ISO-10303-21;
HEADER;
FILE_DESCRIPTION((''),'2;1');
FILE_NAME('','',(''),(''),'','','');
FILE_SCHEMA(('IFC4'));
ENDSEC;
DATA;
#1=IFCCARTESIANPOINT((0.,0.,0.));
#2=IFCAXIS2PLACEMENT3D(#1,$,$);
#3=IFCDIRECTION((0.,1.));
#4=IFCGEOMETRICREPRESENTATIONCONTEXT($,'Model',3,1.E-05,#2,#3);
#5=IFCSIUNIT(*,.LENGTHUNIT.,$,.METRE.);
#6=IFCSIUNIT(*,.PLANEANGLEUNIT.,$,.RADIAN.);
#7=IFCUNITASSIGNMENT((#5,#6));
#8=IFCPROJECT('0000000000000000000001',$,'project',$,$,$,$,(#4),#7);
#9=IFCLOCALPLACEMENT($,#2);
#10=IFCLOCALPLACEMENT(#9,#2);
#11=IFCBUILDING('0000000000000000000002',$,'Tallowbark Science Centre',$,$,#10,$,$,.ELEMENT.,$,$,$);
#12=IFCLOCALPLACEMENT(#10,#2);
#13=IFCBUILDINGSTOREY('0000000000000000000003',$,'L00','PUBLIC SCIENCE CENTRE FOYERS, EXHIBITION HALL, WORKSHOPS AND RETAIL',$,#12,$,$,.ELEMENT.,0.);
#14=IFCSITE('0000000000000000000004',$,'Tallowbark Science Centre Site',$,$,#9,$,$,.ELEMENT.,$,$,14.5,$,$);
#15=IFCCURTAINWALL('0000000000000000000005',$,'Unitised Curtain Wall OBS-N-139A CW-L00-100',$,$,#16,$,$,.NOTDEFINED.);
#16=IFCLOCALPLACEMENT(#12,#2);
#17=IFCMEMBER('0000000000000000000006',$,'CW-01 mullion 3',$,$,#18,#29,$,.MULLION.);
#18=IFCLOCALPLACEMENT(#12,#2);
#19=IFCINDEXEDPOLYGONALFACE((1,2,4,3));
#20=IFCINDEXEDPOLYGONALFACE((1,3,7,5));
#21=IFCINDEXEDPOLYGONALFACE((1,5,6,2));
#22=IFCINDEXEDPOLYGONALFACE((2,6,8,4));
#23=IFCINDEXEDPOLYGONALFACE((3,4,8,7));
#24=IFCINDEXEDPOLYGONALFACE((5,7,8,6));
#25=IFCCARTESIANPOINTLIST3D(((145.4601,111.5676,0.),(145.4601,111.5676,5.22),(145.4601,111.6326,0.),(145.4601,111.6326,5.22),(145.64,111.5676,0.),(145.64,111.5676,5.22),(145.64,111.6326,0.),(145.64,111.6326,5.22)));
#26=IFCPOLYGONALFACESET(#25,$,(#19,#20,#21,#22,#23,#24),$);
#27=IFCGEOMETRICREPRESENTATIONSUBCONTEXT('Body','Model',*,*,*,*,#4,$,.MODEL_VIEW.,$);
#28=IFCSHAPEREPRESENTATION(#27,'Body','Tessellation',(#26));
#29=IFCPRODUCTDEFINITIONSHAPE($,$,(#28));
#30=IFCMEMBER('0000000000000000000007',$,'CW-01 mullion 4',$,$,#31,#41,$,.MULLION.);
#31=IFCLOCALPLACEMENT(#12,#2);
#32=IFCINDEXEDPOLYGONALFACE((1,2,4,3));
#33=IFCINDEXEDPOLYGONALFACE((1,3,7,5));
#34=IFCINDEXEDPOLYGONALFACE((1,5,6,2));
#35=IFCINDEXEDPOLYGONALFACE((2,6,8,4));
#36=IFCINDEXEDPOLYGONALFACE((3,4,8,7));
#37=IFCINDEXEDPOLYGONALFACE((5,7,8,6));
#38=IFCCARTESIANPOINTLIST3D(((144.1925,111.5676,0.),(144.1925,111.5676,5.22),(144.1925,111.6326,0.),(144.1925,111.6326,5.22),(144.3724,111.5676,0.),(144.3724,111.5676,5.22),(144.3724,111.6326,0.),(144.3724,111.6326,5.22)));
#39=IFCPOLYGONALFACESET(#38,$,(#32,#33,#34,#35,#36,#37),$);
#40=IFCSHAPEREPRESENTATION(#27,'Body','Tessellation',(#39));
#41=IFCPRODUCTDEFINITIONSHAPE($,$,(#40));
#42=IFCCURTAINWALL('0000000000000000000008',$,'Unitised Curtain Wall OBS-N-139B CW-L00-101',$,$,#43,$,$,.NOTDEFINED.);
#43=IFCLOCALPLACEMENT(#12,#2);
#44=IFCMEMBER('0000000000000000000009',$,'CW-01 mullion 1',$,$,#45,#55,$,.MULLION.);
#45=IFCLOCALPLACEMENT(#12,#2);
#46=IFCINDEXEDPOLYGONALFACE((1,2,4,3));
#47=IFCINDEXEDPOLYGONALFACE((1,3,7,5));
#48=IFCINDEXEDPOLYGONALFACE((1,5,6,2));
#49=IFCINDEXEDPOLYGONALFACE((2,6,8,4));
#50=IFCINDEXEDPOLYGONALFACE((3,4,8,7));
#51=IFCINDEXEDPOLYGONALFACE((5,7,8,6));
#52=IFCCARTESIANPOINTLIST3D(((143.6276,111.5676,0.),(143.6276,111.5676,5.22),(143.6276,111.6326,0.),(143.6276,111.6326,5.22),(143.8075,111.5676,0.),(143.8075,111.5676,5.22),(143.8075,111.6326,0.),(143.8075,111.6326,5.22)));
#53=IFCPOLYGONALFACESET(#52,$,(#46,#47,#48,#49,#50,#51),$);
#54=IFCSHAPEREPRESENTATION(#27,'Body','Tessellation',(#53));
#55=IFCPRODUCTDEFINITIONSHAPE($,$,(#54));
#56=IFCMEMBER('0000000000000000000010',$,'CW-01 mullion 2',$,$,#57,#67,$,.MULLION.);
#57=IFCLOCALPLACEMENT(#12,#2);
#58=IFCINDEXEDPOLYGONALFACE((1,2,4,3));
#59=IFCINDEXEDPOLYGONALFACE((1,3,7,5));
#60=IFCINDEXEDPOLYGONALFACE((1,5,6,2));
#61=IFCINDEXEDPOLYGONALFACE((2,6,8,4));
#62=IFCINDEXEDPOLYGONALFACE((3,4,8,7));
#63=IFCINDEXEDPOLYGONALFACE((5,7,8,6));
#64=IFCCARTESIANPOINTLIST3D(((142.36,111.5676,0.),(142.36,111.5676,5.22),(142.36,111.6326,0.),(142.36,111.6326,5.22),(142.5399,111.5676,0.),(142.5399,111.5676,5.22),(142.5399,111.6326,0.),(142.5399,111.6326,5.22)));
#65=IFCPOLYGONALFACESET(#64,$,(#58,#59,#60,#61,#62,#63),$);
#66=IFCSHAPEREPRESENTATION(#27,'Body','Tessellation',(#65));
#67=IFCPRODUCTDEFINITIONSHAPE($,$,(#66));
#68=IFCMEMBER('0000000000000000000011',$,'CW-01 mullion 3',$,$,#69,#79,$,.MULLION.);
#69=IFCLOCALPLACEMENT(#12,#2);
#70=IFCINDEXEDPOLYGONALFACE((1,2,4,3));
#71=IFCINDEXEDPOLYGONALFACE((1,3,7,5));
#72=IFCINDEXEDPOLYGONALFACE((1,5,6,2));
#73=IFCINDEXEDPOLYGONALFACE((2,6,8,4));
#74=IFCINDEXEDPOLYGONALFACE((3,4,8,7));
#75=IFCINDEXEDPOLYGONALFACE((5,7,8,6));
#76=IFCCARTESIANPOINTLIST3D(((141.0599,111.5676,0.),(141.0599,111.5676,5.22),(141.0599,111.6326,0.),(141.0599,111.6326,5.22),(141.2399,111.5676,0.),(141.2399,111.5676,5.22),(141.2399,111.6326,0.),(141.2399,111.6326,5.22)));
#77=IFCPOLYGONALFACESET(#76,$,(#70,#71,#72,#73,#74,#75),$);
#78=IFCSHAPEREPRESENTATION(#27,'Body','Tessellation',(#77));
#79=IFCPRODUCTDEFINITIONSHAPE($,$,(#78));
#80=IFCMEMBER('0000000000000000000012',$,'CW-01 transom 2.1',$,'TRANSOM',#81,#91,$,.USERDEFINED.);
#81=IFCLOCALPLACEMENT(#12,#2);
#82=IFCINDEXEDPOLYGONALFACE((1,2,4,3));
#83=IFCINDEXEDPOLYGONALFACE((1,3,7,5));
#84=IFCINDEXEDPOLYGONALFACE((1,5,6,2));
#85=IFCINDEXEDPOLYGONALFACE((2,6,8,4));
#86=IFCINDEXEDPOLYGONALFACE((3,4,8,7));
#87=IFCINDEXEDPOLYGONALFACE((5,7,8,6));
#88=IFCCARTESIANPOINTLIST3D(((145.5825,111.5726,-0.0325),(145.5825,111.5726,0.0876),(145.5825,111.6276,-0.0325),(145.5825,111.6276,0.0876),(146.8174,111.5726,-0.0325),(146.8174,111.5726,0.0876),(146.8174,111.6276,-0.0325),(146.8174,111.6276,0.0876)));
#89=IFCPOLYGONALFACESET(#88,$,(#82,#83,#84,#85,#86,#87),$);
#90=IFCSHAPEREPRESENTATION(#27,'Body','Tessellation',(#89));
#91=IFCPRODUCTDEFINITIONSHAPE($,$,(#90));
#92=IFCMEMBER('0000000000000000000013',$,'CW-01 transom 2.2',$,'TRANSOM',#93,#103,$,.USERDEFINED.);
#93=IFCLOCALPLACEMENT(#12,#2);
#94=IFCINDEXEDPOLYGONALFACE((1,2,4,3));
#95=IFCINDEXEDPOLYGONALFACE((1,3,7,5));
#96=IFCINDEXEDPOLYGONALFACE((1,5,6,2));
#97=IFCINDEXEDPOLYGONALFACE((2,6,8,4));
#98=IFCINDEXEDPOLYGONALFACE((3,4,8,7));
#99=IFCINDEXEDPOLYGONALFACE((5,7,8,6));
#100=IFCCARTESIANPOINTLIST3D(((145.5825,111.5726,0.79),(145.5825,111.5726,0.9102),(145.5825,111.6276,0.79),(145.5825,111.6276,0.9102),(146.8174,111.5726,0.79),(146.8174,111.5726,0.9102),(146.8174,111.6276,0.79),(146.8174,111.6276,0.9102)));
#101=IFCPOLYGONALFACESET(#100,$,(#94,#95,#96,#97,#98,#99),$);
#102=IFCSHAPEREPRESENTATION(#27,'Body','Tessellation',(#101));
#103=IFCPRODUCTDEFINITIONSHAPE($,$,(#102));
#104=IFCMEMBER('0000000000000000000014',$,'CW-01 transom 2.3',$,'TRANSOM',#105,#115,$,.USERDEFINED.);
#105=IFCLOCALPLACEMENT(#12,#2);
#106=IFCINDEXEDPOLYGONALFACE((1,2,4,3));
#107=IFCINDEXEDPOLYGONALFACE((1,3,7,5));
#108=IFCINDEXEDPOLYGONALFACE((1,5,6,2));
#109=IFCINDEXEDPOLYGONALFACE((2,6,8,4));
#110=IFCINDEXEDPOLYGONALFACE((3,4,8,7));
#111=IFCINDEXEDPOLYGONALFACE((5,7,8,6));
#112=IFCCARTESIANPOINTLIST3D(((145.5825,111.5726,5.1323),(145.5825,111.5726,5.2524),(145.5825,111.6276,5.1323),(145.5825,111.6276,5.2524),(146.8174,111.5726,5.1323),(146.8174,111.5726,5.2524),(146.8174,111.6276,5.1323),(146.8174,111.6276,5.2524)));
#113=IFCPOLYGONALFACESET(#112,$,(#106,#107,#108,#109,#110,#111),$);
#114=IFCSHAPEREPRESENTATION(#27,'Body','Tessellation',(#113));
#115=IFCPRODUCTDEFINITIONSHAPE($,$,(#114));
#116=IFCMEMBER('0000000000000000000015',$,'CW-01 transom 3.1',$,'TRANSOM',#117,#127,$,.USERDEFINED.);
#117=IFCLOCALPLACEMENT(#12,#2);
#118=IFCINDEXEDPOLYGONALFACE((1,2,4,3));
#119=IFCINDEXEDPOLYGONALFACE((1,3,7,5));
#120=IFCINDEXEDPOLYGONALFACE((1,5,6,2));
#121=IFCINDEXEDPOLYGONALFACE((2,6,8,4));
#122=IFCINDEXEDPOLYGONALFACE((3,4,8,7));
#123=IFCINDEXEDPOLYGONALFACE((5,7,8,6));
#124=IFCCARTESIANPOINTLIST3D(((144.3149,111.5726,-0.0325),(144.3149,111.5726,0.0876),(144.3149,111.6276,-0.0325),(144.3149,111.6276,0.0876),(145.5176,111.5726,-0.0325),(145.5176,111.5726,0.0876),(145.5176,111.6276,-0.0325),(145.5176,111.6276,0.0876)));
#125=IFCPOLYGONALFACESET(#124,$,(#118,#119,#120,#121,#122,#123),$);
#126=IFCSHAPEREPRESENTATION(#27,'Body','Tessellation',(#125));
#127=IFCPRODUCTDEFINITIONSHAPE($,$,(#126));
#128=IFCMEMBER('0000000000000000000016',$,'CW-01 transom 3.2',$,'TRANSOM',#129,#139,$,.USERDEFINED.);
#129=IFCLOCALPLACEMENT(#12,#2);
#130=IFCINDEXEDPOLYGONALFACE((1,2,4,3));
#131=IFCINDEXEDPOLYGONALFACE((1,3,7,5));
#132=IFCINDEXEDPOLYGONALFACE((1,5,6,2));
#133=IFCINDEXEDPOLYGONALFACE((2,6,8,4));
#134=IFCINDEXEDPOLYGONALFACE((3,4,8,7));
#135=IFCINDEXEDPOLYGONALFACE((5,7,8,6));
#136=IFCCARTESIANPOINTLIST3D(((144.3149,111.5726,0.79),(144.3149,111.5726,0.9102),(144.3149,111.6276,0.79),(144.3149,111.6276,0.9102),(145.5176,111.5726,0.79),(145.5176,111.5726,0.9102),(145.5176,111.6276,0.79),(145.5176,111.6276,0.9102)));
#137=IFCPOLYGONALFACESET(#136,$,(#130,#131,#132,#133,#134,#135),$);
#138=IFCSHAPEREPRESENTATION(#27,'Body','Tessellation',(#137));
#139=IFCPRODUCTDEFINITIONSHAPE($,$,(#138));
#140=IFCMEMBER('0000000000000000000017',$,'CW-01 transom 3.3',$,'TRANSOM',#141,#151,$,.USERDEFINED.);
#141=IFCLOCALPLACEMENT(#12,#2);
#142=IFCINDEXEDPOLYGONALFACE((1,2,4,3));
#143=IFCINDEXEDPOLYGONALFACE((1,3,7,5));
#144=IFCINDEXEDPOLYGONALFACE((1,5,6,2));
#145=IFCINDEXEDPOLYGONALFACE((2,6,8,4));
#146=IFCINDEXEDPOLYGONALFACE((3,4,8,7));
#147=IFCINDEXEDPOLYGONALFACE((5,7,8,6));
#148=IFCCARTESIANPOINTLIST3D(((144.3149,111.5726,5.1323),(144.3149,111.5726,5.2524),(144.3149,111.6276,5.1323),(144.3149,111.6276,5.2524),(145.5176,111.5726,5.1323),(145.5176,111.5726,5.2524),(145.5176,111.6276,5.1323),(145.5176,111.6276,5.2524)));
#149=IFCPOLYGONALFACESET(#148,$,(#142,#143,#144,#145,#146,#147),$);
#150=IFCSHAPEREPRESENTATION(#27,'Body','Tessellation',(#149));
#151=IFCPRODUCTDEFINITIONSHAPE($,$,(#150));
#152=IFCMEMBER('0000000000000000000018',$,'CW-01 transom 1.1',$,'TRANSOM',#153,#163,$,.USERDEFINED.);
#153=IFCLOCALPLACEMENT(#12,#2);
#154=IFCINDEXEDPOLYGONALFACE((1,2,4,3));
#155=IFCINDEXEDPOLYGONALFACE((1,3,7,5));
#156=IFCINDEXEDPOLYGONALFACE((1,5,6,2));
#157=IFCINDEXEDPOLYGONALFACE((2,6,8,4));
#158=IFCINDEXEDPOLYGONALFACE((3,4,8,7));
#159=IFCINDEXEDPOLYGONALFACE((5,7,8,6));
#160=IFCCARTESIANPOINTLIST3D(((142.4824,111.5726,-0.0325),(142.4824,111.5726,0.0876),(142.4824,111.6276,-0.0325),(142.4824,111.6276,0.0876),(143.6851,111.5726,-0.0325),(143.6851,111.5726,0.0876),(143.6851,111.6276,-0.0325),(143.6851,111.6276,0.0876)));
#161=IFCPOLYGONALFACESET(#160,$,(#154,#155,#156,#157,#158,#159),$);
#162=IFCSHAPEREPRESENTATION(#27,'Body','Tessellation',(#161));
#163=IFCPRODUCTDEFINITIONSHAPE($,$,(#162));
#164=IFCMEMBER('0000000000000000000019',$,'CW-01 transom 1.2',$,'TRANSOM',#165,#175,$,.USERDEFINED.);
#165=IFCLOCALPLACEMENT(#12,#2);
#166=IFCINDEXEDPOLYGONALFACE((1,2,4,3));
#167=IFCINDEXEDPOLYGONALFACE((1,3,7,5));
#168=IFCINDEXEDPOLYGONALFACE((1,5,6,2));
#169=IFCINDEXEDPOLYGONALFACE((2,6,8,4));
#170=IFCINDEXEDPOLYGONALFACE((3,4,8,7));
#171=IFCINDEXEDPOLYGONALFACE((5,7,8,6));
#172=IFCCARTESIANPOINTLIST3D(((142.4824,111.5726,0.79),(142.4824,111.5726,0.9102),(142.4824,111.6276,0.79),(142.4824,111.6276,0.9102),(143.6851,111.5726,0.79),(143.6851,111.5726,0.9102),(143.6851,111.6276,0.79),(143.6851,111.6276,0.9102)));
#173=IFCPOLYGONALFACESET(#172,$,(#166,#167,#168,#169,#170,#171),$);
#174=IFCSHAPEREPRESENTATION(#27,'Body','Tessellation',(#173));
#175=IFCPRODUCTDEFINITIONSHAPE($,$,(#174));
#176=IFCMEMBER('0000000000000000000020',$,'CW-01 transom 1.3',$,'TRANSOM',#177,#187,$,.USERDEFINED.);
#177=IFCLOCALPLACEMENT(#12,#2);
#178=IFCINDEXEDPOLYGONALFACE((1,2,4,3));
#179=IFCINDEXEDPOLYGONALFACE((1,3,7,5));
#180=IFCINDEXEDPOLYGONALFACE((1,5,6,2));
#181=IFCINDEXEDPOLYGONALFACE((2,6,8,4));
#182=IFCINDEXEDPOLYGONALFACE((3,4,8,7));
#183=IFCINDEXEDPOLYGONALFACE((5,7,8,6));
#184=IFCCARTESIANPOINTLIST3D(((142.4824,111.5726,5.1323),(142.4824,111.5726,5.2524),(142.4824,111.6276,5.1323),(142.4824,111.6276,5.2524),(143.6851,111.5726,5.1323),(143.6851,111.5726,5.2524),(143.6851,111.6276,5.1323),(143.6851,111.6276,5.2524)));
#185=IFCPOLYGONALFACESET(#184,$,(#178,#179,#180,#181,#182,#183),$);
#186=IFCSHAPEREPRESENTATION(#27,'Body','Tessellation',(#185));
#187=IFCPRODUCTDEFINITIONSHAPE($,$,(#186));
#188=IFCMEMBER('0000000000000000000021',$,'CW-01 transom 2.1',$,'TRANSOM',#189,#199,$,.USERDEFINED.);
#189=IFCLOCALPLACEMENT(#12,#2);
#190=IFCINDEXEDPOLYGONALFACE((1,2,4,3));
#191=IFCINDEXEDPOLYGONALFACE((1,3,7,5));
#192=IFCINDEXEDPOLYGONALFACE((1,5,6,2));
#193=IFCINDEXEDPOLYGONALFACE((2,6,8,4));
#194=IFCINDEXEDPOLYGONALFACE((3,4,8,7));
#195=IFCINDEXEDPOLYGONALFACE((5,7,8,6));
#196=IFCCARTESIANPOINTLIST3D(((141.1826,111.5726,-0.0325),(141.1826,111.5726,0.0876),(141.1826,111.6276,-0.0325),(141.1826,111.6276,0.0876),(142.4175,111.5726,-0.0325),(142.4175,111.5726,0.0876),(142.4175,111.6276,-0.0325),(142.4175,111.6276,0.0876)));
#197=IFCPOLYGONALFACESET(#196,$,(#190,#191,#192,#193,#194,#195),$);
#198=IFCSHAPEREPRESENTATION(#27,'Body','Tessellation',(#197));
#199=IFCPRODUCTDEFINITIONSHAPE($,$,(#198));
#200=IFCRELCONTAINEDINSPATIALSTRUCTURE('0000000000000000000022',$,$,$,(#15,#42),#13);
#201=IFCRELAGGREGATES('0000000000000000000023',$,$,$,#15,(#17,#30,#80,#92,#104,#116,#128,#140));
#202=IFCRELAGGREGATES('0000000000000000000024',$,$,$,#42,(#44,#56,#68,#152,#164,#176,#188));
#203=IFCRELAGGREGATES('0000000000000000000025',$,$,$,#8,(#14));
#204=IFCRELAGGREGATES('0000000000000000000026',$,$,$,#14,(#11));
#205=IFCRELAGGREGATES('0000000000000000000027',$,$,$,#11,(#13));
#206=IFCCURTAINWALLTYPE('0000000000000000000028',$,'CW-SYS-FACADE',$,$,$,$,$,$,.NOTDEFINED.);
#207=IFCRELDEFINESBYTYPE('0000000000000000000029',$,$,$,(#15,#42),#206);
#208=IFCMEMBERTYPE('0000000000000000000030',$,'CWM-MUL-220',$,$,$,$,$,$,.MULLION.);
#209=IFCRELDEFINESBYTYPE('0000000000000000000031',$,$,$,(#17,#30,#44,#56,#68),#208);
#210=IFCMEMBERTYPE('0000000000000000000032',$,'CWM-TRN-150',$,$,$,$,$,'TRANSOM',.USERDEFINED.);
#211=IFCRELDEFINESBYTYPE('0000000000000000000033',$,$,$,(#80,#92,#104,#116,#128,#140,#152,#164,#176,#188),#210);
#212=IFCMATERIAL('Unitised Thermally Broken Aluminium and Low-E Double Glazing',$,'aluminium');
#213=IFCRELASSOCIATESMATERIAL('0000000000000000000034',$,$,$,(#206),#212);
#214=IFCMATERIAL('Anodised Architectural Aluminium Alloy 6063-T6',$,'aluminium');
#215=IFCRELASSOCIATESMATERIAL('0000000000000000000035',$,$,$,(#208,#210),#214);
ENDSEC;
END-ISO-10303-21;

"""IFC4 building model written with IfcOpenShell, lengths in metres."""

from ifc_helpers import new_model, si_unit, direction, frame, origin, origin_2d, place, context, subcontext, project, spatial, rectangle, extrude, material, material_profile, profile_set, type_object, element, aggregate, save


model = new_model("IFC4")

# Units and contexts
model_context = context("Model", 3, precision=1e-05, world=origin(), true_north=direction((0.0, 1.0)))
body_context = subcontext(model_context, "Body", "Model", "MODEL_VIEW")
ifc_project = project(units=[si_unit("LENGTHUNIT", "METRE"), si_unit("PLANEANGLEUNIT", "RADIAN")], contexts=[model_context])

# Site, building, storey
site_placement = place(None, origin())
site = spatial("IfcSite", under=ifc_project, at=site_placement, Name="Tallowbark Science Centre Site", CompositionType="ELEMENT", RefElevation=14.5)
building_placement = place(site_placement, origin())
building = spatial("IfcBuilding", under=site, at=building_placement, Name="Tallowbark Science Centre", CompositionType="ELEMENT")
storey_placement = place(building_placement, origin())
storey = spatial("IfcBuildingStorey", under=building, at=storey_placement, Name="L00", Description="PUBLIC SCIENCE CENTRE FOYERS, EXHIBITION HALL, WORKSHOPS AND RETAIL", CompositionType="ELEMENT", Elevation=0.0)

# Curtain walls, members
ifc_material_1 = material(Name="Unitised Thermally Broken Aluminium and Low-E Double Glazing", Category="aluminium")
curtain_wall_type = type_object("IfcCurtainWallType", Name="CW-SYS-FACADE", PredefinedType="NOTDEFINED", material=ifc_material_1)
curtain_wall_1_placement = place(storey_placement, origin())
curtain_wall_1 = element("IfcCurtainWall", 1, at=curtain_wall_1_placement, inside=storey, type_object=curtain_wall_type, Name="Unitised Curtain Wall OBS-N-139A CW-L00-100", PredefinedType="NOTDEFINED")
ifc_material_2 = material(Name="Anodised Architectural Aluminium Alloy 6063-T6", Category="aluminium")
ifc_material_profile_1 = material_profile(ifc_material_2, rectangle(XDim=0.0649, YDim=0.1799, at=origin_2d()), Name="ALU65x180")
ifc_profile_set_1 = profile_set([ifc_material_profile_1], Name="Anodised Architectural Aluminium Alloy 6063-T6")
member_type_1 = type_object("IfcMemberType", Name="CWM-MUL-220", PredefinedType="MULLION", material=ifc_profile_set_1)
member_1_placement = place(storey_placement, frame((145.55, 111.6001, 0.0), z_axis=(0.0, 0.0, 1.0), x_axis=(0.0, -1.0, 0.0)))
member_1 = element("IfcMember", 2, at=member_1_placement, type_object=member_type_1, Name="CW-01 mullion 3", PredefinedType="MULLION", context=body_context, shape_type="SweptSolid", body=[
    extrude(rectangle(XDim=0.0649, YDim=0.1799, at=origin_2d()), origin(), (0.0, 0.0, 1.0), 5.22),
])
member_2_placement = place(storey_placement, frame((144.2825, 111.6001, 0.0), z_axis=(0.0, 0.0, 1.0), x_axis=(0.0, -1.0, 0.0)))
member_2 = element("IfcMember", 3, at=member_2_placement, type_object=member_type_1, Name="CW-01 mullion 4", PredefinedType="MULLION", context=body_context, shape_type="SweptSolid", body=[
    extrude(rectangle(XDim=0.0649, YDim=0.1799, at=origin_2d()), origin(), (0.0, 0.0, 1.0), 5.22),
])
curtain_wall_2_placement = place(storey_placement, origin())
curtain_wall_2 = element("IfcCurtainWall", 4, at=curtain_wall_2_placement, inside=storey, type_object=curtain_wall_type, Name="Unitised Curtain Wall OBS-N-139B CW-L00-101", PredefinedType="NOTDEFINED")
member_3_placement = place(storey_placement, frame((143.7175, 111.6001, 0.0), z_axis=(0.0, 0.0, 1.0), x_axis=(0.0, -1.0, 0.0)))
member_3 = element("IfcMember", 5, at=member_3_placement, type_object=member_type_1, Name="CW-01 mullion 1", PredefinedType="MULLION", context=body_context, shape_type="SweptSolid", body=[
    extrude(rectangle(XDim=0.0649, YDim=0.1799, at=origin_2d()), origin(), (0.0, 0.0, 1.0), 5.22),
])
member_4_placement = place(storey_placement, frame((142.45, 111.6001, 0.0), z_axis=(0.0, 0.0, 1.0), x_axis=(0.0, -1.0, 0.0)))
member_4 = element("IfcMember", 6, at=member_4_placement, type_object=member_type_1, Name="CW-01 mullion 2", PredefinedType="MULLION", context=body_context, shape_type="SweptSolid", body=[
    extrude(rectangle(XDim=0.0649, YDim=0.1799, at=origin_2d()), origin(), (0.0, 0.0, 1.0), 5.22),
])
member_5_placement = place(storey_placement, frame((141.1499, 111.6001, 0.0), z_axis=(0.0, 0.0, 1.0), x_axis=(0.0, -1.0, 0.0)))
member_5 = element("IfcMember", 7, at=member_5_placement, type_object=member_type_1, Name="CW-01 mullion 3", PredefinedType="MULLION", context=body_context, shape_type="SweptSolid", body=[
    extrude(rectangle(XDim=0.0649, YDim=0.1799, at=origin_2d()), origin(), (0.0, 0.0, 1.0), 5.22),
])

# Members
ifc_material_profile_2 = material_profile(ifc_material_2, rectangle(XDim=0.0549, YDim=0.1201, at=origin_2d()), Name="ALU55x120")
ifc_profile_set_2 = profile_set([ifc_material_profile_2], Name="Anodised Architectural Aluminium Alloy 6063-T6")
member_type_2 = type_object("IfcMemberType", Name="CWM-TRN-150", ElementType="TRANSOM", PredefinedType="USERDEFINED", material=ifc_profile_set_2)
member_6_placement = place(storey_placement, frame((146.8174, 111.6001, 0.0276), z_axis=(-1.0, 0.0, 0.0), x_axis=(0.0, -1.0, 0.0)))
member_6 = element("IfcMember", 8, at=member_6_placement, type_object=member_type_2, Name="CW-01 transom 2.1", ObjectType="TRANSOM", PredefinedType="USERDEFINED", context=body_context, shape_type="SweptSolid", body=[
    extrude(rectangle(XDim=0.0549, YDim=0.1201, at=origin_2d()), origin(), (0.0, 0.0, 1.0), 1.2349),
])
member_7_placement = place(storey_placement, frame((146.8174, 111.6001, 0.8501), z_axis=(-1.0, 0.0, 0.0), x_axis=(0.0, -1.0, 0.0)))
member_7 = element("IfcMember", 9, at=member_7_placement, type_object=member_type_2, Name="CW-01 transom 2.2", ObjectType="TRANSOM", PredefinedType="USERDEFINED", context=body_context, shape_type="SweptSolid", body=[
    extrude(rectangle(XDim=0.0549, YDim=0.1201, at=origin_2d()), origin(), (0.0, 0.0, 1.0), 1.2349),
])
member_8_placement = place(storey_placement, frame((146.8174, 111.6001, 5.1924), z_axis=(-1.0, 0.0, 0.0), x_axis=(0.0, -1.0, 0.0)))
member_8 = element("IfcMember", 10, at=member_8_placement, type_object=member_type_2, Name="CW-01 transom 2.3", ObjectType="TRANSOM", PredefinedType="USERDEFINED", context=body_context, shape_type="SweptSolid", body=[
    extrude(rectangle(XDim=0.0549, YDim=0.1201, at=origin_2d()), origin(), (0.0, 0.0, 1.0), 1.2349),
])
member_9_placement = place(storey_placement, frame((145.5176, 111.6001, 0.0276), z_axis=(-1.0, 0.0, 0.0), x_axis=(0.0, -1.0, 0.0)))
member_9 = element("IfcMember", 11, at=member_9_placement, type_object=member_type_2, Name="CW-01 transom 3.1", ObjectType="TRANSOM", PredefinedType="USERDEFINED", context=body_context, shape_type="SweptSolid", body=[
    extrude(rectangle(XDim=0.0549, YDim=0.1201, at=origin_2d()), origin(), (0.0, 0.0, 1.0), 1.2026),
])
member_10_placement = place(storey_placement, frame((145.5176, 111.6001, 0.8501), z_axis=(-1.0, 0.0, 0.0), x_axis=(0.0, -1.0, 0.0)))
member_10 = element("IfcMember", 12, at=member_10_placement, type_object=member_type_2, Name="CW-01 transom 3.2", ObjectType="TRANSOM", PredefinedType="USERDEFINED", context=body_context, shape_type="SweptSolid", body=[
    extrude(rectangle(XDim=0.0549, YDim=0.1201, at=origin_2d()), origin(), (0.0, 0.0, 1.0), 1.2026),
])
member_11_placement = place(storey_placement, frame((145.5176, 111.6001, 5.1924), z_axis=(-1.0, 0.0, 0.0), x_axis=(0.0, -1.0, 0.0)))
member_11 = element("IfcMember", 13, at=member_11_placement, type_object=member_type_2, Name="CW-01 transom 3.3", ObjectType="TRANSOM", PredefinedType="USERDEFINED", context=body_context, shape_type="SweptSolid", body=[
    extrude(rectangle(XDim=0.0549, YDim=0.1201, at=origin_2d()), origin(), (0.0, 0.0, 1.0), 1.2026),
])
member_12_placement = place(storey_placement, frame((143.6851, 111.6001, 0.0276), z_axis=(-1.0, 0.0, 0.0), x_axis=(0.0, -1.0, 0.0)))
member_12 = element("IfcMember", 14, at=member_12_placement, type_object=member_type_2, Name="CW-01 transom 1.1", ObjectType="TRANSOM", PredefinedType="USERDEFINED", context=body_context, shape_type="SweptSolid", body=[
    extrude(rectangle(XDim=0.0549, YDim=0.1201, at=origin_2d()), origin(), (0.0, 0.0, 1.0), 1.2026),
])
member_13_placement = place(storey_placement, frame((143.6851, 111.6001, 0.8501), z_axis=(-1.0, 0.0, 0.0), x_axis=(0.0, -1.0, 0.0)))
member_13 = element("IfcMember", 15, at=member_13_placement, type_object=member_type_2, Name="CW-01 transom 1.2", ObjectType="TRANSOM", PredefinedType="USERDEFINED", context=body_context, shape_type="SweptSolid", body=[
    extrude(rectangle(XDim=0.0549, YDim=0.1201, at=origin_2d()), origin(), (0.0, 0.0, 1.0), 1.2026),
])
member_14_placement = place(storey_placement, frame((143.6851, 111.6001, 5.1924), z_axis=(-1.0, 0.0, 0.0), x_axis=(0.0, -1.0, 0.0)))
member_14 = element("IfcMember", 16, at=member_14_placement, type_object=member_type_2, Name="CW-01 transom 1.3", ObjectType="TRANSOM", PredefinedType="USERDEFINED", context=body_context, shape_type="SweptSolid", body=[
    extrude(rectangle(XDim=0.0549, YDim=0.1201, at=origin_2d()), origin(), (0.0, 0.0, 1.0), 1.2026),
])
member_15_placement = place(storey_placement, frame((142.4175, 111.6001, 0.0276), z_axis=(-1.0, 0.0, 0.0), x_axis=(0.0, -1.0, 0.0)))
member_15 = element("IfcMember", 17, at=member_15_placement, type_object=member_type_2, Name="CW-01 transom 2.1", ObjectType="TRANSOM", PredefinedType="USERDEFINED", context=body_context, shape_type="SweptSolid", body=[
    extrude(rectangle(XDim=0.0549, YDim=0.1201, at=origin_2d()), origin(), (0.0, 0.0, 1.0), 1.2349),
])

aggregate(curtain_wall_1, [member_1, member_2, member_6, member_7, member_8, member_9, member_10, member_11])
aggregate(curtain_wall_2, [member_3, member_4, member_5, member_12, member_13, member_14, member_15])

save(model, "model.ifc")
